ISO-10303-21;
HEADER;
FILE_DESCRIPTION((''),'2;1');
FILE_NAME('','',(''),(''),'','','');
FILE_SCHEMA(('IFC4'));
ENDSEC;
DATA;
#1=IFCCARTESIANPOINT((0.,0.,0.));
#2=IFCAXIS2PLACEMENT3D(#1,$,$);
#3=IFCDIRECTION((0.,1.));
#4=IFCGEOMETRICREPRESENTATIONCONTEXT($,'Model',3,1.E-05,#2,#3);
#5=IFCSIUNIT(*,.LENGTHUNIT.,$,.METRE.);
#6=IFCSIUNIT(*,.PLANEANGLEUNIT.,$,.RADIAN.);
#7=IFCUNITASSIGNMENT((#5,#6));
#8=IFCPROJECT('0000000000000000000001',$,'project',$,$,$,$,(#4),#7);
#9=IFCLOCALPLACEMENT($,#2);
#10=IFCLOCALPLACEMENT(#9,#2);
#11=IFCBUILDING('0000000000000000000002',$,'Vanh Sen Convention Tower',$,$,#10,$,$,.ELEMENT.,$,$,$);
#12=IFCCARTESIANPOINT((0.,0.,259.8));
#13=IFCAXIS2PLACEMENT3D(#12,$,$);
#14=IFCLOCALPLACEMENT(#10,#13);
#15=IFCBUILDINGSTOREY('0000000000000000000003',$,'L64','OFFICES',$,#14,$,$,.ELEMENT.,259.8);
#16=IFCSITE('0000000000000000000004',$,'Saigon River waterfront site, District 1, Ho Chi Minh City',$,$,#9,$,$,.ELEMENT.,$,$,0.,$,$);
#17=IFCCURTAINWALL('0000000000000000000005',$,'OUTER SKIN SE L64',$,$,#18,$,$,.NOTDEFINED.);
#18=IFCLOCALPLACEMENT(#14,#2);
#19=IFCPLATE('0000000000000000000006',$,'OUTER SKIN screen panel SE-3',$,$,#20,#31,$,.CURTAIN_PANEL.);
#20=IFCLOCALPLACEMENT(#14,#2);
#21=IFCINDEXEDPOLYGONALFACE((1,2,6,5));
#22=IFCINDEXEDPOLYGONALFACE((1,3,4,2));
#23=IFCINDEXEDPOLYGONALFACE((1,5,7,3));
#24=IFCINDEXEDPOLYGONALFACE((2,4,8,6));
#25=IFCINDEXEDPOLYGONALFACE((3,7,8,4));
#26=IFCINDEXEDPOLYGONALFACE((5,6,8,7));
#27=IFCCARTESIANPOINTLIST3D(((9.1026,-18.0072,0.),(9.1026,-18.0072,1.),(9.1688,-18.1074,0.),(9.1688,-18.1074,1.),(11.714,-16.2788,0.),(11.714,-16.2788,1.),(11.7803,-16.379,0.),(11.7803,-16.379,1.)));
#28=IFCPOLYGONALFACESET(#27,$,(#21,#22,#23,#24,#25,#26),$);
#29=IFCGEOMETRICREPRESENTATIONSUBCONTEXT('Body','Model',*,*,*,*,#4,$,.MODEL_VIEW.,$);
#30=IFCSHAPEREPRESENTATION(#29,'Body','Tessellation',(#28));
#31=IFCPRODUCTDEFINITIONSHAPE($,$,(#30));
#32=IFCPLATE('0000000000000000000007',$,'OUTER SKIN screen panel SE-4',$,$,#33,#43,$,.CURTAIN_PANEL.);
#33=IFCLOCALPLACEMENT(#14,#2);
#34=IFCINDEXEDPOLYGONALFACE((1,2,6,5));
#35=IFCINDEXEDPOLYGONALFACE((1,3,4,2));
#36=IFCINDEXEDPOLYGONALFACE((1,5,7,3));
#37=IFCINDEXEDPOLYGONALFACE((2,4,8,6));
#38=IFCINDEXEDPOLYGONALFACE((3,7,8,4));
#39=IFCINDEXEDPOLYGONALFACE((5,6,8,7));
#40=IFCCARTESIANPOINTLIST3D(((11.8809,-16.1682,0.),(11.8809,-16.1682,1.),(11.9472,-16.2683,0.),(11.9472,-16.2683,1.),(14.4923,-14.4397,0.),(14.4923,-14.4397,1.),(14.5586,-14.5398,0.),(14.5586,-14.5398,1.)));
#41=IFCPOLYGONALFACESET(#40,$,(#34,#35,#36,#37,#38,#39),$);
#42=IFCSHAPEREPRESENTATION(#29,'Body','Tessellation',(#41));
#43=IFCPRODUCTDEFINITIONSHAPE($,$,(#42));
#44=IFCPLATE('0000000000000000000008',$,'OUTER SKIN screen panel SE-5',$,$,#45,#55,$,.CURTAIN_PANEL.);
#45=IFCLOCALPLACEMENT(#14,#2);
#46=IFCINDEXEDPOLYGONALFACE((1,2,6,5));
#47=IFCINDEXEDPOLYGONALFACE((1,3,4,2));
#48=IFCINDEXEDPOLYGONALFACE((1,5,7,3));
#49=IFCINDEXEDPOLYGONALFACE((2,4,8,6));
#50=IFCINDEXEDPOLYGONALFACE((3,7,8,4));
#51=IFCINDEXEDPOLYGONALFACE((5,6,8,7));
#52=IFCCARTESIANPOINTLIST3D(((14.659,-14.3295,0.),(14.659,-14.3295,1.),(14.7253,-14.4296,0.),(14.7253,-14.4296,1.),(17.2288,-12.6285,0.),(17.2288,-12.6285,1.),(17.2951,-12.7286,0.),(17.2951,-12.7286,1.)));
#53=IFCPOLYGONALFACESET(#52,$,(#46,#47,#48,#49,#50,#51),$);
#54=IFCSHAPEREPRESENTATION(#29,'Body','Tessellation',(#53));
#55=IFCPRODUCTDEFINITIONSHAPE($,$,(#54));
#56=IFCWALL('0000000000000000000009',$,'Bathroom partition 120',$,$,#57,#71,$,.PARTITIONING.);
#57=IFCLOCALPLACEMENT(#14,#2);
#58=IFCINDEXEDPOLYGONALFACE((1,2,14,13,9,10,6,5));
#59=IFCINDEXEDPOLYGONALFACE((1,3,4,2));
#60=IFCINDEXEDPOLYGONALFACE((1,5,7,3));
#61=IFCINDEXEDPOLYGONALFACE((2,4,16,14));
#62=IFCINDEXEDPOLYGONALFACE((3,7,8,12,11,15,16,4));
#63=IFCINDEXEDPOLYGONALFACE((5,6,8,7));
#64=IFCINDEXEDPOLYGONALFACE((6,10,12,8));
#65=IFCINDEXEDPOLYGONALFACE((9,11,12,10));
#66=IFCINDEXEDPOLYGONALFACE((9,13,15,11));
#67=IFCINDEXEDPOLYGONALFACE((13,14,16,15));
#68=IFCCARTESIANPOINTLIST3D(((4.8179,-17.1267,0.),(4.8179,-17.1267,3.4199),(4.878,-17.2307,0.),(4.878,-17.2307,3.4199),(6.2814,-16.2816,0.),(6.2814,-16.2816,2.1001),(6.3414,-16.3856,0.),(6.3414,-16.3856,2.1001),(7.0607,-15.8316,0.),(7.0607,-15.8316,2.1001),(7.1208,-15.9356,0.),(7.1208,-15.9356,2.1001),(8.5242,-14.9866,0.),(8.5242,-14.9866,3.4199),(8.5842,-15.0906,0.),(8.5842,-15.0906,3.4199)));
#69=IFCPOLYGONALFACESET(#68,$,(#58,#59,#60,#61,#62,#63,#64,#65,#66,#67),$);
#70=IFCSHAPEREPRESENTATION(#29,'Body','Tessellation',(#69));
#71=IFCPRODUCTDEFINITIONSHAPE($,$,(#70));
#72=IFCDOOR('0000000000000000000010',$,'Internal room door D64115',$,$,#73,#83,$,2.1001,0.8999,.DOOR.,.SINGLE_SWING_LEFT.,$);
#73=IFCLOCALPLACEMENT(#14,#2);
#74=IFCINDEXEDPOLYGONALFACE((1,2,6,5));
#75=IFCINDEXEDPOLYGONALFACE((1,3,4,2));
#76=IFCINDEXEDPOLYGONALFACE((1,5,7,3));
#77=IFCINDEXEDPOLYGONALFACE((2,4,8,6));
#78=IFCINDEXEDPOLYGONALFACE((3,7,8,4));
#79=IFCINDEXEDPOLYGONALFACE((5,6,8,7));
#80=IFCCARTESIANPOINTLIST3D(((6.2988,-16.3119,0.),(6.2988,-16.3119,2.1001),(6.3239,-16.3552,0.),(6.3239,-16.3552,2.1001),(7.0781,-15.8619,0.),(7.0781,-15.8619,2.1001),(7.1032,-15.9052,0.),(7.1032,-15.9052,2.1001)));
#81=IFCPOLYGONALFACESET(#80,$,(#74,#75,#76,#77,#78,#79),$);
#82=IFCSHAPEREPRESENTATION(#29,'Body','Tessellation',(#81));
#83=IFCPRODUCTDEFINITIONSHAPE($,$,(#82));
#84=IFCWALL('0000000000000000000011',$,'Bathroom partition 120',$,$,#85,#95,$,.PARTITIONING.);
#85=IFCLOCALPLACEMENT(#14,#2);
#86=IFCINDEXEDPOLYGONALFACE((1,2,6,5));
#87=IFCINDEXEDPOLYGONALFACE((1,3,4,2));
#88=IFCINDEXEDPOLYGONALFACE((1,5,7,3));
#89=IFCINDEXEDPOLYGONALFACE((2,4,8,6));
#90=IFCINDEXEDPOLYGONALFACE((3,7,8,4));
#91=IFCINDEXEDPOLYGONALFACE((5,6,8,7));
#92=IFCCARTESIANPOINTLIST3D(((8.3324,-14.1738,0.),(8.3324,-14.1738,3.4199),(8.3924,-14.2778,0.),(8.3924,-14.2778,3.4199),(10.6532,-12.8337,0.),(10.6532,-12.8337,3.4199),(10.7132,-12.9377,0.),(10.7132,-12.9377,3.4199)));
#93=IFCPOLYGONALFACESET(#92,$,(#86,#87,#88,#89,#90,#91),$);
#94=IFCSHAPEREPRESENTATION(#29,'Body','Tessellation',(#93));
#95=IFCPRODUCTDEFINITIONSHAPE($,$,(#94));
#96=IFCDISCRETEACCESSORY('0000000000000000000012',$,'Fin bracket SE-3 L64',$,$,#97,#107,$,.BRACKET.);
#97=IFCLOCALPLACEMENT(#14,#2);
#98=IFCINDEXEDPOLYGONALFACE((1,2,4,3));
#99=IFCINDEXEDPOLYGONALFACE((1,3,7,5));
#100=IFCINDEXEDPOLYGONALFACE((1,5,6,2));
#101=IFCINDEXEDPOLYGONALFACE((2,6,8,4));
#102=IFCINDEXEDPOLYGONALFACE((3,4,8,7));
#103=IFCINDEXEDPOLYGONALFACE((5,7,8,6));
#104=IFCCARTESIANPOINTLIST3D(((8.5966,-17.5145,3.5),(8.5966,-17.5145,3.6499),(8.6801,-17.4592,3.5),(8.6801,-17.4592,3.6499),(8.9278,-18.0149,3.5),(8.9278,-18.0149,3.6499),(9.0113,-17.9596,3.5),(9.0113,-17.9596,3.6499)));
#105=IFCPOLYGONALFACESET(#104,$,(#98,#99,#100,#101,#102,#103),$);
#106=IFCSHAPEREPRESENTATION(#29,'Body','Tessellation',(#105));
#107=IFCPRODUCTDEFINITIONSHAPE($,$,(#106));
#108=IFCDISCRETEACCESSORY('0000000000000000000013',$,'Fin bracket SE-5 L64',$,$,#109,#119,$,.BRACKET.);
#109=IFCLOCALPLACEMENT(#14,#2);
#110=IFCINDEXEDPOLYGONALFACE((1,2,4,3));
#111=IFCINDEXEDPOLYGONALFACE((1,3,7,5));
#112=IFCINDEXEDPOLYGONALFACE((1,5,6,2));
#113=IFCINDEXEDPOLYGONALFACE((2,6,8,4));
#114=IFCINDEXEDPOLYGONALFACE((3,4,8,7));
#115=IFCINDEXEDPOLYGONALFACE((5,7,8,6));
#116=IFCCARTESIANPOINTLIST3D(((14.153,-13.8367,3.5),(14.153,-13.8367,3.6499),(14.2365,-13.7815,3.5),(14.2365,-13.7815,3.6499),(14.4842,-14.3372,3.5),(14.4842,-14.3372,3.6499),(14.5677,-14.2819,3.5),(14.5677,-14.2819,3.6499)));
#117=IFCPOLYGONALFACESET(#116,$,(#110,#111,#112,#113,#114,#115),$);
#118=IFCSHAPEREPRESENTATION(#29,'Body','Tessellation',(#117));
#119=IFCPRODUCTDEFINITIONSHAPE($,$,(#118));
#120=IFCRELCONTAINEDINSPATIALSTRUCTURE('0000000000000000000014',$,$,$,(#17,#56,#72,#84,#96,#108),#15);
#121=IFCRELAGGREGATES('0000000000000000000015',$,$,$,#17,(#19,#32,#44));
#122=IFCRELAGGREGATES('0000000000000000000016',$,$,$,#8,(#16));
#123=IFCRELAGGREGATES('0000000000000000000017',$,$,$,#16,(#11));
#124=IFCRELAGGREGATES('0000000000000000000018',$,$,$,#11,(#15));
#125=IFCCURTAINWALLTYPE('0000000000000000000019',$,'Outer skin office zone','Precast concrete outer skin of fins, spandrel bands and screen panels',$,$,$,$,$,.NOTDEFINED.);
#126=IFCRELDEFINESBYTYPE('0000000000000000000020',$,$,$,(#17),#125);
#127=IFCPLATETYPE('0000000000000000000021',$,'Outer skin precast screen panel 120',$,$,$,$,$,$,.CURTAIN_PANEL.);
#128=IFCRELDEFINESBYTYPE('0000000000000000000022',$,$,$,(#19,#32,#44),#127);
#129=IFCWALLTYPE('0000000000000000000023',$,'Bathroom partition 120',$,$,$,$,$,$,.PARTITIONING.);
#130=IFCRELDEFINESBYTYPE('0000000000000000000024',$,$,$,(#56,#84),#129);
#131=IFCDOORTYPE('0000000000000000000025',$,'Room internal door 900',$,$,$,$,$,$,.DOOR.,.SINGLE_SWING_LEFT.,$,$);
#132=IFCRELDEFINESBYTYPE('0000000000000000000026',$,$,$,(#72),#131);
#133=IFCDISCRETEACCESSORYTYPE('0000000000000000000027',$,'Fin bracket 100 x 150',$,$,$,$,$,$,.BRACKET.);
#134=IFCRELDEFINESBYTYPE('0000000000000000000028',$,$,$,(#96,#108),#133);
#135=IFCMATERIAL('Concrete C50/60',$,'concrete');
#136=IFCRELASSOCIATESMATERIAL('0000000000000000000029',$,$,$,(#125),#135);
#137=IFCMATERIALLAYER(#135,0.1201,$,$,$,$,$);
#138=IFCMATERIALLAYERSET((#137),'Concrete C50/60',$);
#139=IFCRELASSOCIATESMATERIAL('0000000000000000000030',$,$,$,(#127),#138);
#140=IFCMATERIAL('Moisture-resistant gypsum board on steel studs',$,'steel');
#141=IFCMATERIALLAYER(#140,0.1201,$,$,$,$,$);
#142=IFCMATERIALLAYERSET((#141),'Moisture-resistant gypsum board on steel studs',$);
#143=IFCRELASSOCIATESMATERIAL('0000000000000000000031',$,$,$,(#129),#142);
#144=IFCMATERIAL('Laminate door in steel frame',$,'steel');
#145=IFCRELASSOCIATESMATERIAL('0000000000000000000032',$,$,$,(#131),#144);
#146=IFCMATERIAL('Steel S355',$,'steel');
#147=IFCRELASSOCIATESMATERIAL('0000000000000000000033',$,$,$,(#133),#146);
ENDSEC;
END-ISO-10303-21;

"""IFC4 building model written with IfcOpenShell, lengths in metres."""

from ifc_helpers import new_model, si_unit, direction, frame, frame_2d, origin, origin_2d, place, context, subcontext, project, spatial, rectangle, extrude, material, layer, layer_set, type_object, element, fill, aggregate, save


model = new_model("IFC4")

# Units and contexts
model_context = context("Model", 3, precision=1e-05, world=origin(), true_north=direction((0.0, 1.0)))
body_context = subcontext(model_context, "Body", "Model", "MODEL_VIEW")
ifc_project = project(units=[si_unit("LENGTHUNIT", "METRE"), si_unit("PLANEANGLEUNIT", "RADIAN")], contexts=[model_context])

# Site, building, storey
site_placement = place(None, origin())
site = spatial("IfcSite", under=ifc_project, at=site_placement, Name="Saigon River waterfront site, District 1, Ho Chi Minh City", CompositionType="ELEMENT", RefElevation=0.0)
building_placement = place(site_placement, origin())
building = spatial("IfcBuilding", under=site, at=building_placement, Name="Vanh Sen Convention Tower", CompositionType="ELEMENT")
storey_placement = place(building_placement, frame((0.0, 0.0, 259.8)))
storey = spatial("IfcBuildingStorey", under=building, at=storey_placement, Name="L64", Description="OFFICES", CompositionType="ELEMENT", Elevation=259.8)

# Curtain wall
ifc_material_1 = material(Name="Concrete C50/60", Category="concrete")
curtain_wall_type = type_object("IfcCurtainWallType", Name="Outer skin office zone", Description="Precast concrete outer skin of fins, spandrel bands and screen panels", PredefinedType="NOTDEFINED", material=ifc_material_1)
curtain_wall_1_placement = place(storey_placement, origin())
curtain_wall_1 = element("IfcCurtainWall", 1, at=curtain_wall_1_placement, inside=storey, type_object=curtain_wall_type, Name="OUTER SKIN SE L64", PredefinedType="NOTDEFINED")

# Plates
ifc_layer_1 = layer(ifc_material_1, 0.1201)
ifc_layer_set_1 = layer_set([ifc_layer_1], Name="Concrete C50/60")
plate_type = type_object("IfcPlateType", Name="Outer skin precast screen panel 120", PredefinedType="CURTAIN_PANEL", material=ifc_layer_set_1)
plate_1_placement = place(storey_placement, frame((10.4414, -17.1931, 0.0), z_axis=(0.0, 0.0, 1.0), x_axis=(0.833893, 0.551927, 0.0)))
plate_1 = element("IfcPlate", 2, at=plate_1_placement, type_object=plate_type, Name="OUTER SKIN screen panel SE-3", PredefinedType="CURTAIN_PANEL", context=body_context, shape_type="SweptSolid", body=[
    extrude(rectangle(XDim=3.1316, YDim=0.1201, at=origin_2d()), origin(), (0.0, 0.0, 1.0), 1.0),
])
plate_2_placement = place(storey_placement, frame((13.2197, -15.354, 0.0), z_axis=(0.0, 0.0, 1.0), x_axis=(0.833879, 0.551947, 0.0)))
plate_2 = element("IfcPlate", 3, at=plate_2_placement, type_object=plate_type, Name="OUTER SKIN screen panel SE-4", PredefinedType="CURTAIN_PANEL", context=body_context, shape_type="SweptSolid", body=[
    extrude(rectangle(XDim=3.1316, YDim=0.1201, at=origin_2d()), origin(), (0.0, 0.0, 1.0), 1.0),
])
plate_3_placement = place(storey_placement, frame((15.9771, -13.5291, 0.0), z_axis=(0.0, 0.0, 1.0), x_axis=(0.833879, 0.551947, 0.0)))
plate_3 = element("IfcPlate", 4, at=plate_3_placement, type_object=plate_type, Name="OUTER SKIN screen panel SE-5", PredefinedType="CURTAIN_PANEL", context=body_context, shape_type="SweptSolid", body=[
    extrude(rectangle(XDim=3.0818, YDim=0.1201, at=origin_2d()), origin(), (0.0, 0.0, 1.0), 1.0),
])
aggregate(curtain_wall_1, [plate_1, plate_2, plate_3])

# Wall, opening, door
ifc_material_2 = material(Name="Moisture-resistant gypsum board on steel studs", Category="steel")
ifc_layer_2 = layer(ifc_material_2, 0.1201)
ifc_layer_set_2 = layer_set([ifc_layer_2], Name="Moisture-resistant gypsum board on steel studs")
wall_type = type_object("IfcWallType", Name="Bathroom partition 120", PredefinedType="PARTITIONING", material=ifc_layer_set_2)
wall_1_placement = place(storey_placement, frame((8.5542, -15.0386, 0.0), z_axis=(0.0, 0.0, 1.0), x_axis=(-0.865995, -0.500053, 0.0)))
wall_1 = element("IfcWall", 5, at=wall_1_placement, inside=storey, type_object=wall_type, Name="Bathroom partition 120", PredefinedType="PARTITIONING", context=body_context, shape_type="SweptSolid", body=[
    extrude(rectangle(XDim=4.2798, YDim=0.1201, at=frame_2d((2.1399, 0.0))), origin(), (0.0, 0.0, 1.0), 3.4199),
])
opening_placement = place(wall_1_placement, frame((1.6899, 0.0, 0.0)))
opening = element("IfcOpeningElement", 6, at=opening_placement, cuts=wall_1, PredefinedType="OPENING", context=body_context, shape_type="SweptSolid", body=[
    extrude(rectangle(XDim=0.8999, YDim=2.1001, at=frame_2d((0.45, 1.05))), frame((0.0, 0.0701, 0.0), z_axis=(0.0, -1.0, 0.0), x_axis=(1.0, 0.0, 0.0)), (0.0, 0.0, 1.0), 0.1401),
])
ifc_material_3 = material(Name="Laminate door in steel frame", Category="steel")
door_type = type_object("IfcDoorType", Name="Room internal door 900", OperationType="SINGLE_SWING_LEFT", PredefinedType="DOOR", material=ifc_material_3)
door_placement = place(opening_placement, origin())
door = element("IfcDoor", 7, at=door_placement, inside=storey, type_object=door_type, Name="Internal room door D64115", OperationType="SINGLE_SWING_LEFT", OverallHeight=2.1001, OverallWidth=0.8999, PredefinedType="DOOR", context=body_context, shape_type="SweptSolid", body=[
    extrude(rectangle(XDim=0.8999, YDim=2.1001, at=frame_2d((0.45, 1.05))), frame((0.0, 0.0249, 0.0), z_axis=(0.0, -1.0, 0.0), x_axis=(1.0, 0.0, 0.0)), (0.0, 0.0, 1.0), 0.05),
])
fill(opening, door)

# Wall
wall_2_placement = place(storey_placement, frame((10.6831, -12.8857, 0.0), z_axis=(0.0, 0.0, 1.0), x_axis=(-0.865997, -0.500048, 0.0)))
element("IfcWall", 8, at=wall_2_placement, inside=storey, type_object=wall_type, Name="Bathroom partition 120", PredefinedType="PARTITIONING", context=body_context, shape_type="SweptSolid", body=[
    extrude(rectangle(XDim=2.6799, YDim=0.1201, at=frame_2d((1.3398, 0.0))), origin(), (0.0, 0.0, 1.0), 3.4199),
])

# Discrete accessories
ifc_material_4 = material(Name="Steel S355", Category="steel")
discrete_accessory_type = type_object("IfcDiscreteAccessoryType", Name="Fin bracket 100 x 150", PredefinedType="BRACKET", material=ifc_material_4)
for number, where, z_axis, x_axis, name in (
    (9, (8.804, -17.7371, 3.5), (0.0, 0.0, 1.0), (0.551937, -0.833886, 0.0), "Fin bracket SE-3 L64"),
    (10, (14.3604, -14.0593, 3.5), (0.0, 0.0, 1.0), (0.551937, -0.833886, 0.0), "Fin bracket SE-5 L64"),
):
    element("IfcDiscreteAccessory", number, at=place(storey_placement, frame(where, z_axis=z_axis, x_axis=x_axis)), inside=storey, type_object=discrete_accessory_type, Name=name, PredefinedType="BRACKET", context=body_context, shape_type="SweptSolid", body=[
        extrude(rectangle(XDim=0.6001, YDim=0.1001, at=origin_2d()), origin(), (0.0, 0.0, 1.0), 0.1499),
    ])

save(model, "model.ifc")
